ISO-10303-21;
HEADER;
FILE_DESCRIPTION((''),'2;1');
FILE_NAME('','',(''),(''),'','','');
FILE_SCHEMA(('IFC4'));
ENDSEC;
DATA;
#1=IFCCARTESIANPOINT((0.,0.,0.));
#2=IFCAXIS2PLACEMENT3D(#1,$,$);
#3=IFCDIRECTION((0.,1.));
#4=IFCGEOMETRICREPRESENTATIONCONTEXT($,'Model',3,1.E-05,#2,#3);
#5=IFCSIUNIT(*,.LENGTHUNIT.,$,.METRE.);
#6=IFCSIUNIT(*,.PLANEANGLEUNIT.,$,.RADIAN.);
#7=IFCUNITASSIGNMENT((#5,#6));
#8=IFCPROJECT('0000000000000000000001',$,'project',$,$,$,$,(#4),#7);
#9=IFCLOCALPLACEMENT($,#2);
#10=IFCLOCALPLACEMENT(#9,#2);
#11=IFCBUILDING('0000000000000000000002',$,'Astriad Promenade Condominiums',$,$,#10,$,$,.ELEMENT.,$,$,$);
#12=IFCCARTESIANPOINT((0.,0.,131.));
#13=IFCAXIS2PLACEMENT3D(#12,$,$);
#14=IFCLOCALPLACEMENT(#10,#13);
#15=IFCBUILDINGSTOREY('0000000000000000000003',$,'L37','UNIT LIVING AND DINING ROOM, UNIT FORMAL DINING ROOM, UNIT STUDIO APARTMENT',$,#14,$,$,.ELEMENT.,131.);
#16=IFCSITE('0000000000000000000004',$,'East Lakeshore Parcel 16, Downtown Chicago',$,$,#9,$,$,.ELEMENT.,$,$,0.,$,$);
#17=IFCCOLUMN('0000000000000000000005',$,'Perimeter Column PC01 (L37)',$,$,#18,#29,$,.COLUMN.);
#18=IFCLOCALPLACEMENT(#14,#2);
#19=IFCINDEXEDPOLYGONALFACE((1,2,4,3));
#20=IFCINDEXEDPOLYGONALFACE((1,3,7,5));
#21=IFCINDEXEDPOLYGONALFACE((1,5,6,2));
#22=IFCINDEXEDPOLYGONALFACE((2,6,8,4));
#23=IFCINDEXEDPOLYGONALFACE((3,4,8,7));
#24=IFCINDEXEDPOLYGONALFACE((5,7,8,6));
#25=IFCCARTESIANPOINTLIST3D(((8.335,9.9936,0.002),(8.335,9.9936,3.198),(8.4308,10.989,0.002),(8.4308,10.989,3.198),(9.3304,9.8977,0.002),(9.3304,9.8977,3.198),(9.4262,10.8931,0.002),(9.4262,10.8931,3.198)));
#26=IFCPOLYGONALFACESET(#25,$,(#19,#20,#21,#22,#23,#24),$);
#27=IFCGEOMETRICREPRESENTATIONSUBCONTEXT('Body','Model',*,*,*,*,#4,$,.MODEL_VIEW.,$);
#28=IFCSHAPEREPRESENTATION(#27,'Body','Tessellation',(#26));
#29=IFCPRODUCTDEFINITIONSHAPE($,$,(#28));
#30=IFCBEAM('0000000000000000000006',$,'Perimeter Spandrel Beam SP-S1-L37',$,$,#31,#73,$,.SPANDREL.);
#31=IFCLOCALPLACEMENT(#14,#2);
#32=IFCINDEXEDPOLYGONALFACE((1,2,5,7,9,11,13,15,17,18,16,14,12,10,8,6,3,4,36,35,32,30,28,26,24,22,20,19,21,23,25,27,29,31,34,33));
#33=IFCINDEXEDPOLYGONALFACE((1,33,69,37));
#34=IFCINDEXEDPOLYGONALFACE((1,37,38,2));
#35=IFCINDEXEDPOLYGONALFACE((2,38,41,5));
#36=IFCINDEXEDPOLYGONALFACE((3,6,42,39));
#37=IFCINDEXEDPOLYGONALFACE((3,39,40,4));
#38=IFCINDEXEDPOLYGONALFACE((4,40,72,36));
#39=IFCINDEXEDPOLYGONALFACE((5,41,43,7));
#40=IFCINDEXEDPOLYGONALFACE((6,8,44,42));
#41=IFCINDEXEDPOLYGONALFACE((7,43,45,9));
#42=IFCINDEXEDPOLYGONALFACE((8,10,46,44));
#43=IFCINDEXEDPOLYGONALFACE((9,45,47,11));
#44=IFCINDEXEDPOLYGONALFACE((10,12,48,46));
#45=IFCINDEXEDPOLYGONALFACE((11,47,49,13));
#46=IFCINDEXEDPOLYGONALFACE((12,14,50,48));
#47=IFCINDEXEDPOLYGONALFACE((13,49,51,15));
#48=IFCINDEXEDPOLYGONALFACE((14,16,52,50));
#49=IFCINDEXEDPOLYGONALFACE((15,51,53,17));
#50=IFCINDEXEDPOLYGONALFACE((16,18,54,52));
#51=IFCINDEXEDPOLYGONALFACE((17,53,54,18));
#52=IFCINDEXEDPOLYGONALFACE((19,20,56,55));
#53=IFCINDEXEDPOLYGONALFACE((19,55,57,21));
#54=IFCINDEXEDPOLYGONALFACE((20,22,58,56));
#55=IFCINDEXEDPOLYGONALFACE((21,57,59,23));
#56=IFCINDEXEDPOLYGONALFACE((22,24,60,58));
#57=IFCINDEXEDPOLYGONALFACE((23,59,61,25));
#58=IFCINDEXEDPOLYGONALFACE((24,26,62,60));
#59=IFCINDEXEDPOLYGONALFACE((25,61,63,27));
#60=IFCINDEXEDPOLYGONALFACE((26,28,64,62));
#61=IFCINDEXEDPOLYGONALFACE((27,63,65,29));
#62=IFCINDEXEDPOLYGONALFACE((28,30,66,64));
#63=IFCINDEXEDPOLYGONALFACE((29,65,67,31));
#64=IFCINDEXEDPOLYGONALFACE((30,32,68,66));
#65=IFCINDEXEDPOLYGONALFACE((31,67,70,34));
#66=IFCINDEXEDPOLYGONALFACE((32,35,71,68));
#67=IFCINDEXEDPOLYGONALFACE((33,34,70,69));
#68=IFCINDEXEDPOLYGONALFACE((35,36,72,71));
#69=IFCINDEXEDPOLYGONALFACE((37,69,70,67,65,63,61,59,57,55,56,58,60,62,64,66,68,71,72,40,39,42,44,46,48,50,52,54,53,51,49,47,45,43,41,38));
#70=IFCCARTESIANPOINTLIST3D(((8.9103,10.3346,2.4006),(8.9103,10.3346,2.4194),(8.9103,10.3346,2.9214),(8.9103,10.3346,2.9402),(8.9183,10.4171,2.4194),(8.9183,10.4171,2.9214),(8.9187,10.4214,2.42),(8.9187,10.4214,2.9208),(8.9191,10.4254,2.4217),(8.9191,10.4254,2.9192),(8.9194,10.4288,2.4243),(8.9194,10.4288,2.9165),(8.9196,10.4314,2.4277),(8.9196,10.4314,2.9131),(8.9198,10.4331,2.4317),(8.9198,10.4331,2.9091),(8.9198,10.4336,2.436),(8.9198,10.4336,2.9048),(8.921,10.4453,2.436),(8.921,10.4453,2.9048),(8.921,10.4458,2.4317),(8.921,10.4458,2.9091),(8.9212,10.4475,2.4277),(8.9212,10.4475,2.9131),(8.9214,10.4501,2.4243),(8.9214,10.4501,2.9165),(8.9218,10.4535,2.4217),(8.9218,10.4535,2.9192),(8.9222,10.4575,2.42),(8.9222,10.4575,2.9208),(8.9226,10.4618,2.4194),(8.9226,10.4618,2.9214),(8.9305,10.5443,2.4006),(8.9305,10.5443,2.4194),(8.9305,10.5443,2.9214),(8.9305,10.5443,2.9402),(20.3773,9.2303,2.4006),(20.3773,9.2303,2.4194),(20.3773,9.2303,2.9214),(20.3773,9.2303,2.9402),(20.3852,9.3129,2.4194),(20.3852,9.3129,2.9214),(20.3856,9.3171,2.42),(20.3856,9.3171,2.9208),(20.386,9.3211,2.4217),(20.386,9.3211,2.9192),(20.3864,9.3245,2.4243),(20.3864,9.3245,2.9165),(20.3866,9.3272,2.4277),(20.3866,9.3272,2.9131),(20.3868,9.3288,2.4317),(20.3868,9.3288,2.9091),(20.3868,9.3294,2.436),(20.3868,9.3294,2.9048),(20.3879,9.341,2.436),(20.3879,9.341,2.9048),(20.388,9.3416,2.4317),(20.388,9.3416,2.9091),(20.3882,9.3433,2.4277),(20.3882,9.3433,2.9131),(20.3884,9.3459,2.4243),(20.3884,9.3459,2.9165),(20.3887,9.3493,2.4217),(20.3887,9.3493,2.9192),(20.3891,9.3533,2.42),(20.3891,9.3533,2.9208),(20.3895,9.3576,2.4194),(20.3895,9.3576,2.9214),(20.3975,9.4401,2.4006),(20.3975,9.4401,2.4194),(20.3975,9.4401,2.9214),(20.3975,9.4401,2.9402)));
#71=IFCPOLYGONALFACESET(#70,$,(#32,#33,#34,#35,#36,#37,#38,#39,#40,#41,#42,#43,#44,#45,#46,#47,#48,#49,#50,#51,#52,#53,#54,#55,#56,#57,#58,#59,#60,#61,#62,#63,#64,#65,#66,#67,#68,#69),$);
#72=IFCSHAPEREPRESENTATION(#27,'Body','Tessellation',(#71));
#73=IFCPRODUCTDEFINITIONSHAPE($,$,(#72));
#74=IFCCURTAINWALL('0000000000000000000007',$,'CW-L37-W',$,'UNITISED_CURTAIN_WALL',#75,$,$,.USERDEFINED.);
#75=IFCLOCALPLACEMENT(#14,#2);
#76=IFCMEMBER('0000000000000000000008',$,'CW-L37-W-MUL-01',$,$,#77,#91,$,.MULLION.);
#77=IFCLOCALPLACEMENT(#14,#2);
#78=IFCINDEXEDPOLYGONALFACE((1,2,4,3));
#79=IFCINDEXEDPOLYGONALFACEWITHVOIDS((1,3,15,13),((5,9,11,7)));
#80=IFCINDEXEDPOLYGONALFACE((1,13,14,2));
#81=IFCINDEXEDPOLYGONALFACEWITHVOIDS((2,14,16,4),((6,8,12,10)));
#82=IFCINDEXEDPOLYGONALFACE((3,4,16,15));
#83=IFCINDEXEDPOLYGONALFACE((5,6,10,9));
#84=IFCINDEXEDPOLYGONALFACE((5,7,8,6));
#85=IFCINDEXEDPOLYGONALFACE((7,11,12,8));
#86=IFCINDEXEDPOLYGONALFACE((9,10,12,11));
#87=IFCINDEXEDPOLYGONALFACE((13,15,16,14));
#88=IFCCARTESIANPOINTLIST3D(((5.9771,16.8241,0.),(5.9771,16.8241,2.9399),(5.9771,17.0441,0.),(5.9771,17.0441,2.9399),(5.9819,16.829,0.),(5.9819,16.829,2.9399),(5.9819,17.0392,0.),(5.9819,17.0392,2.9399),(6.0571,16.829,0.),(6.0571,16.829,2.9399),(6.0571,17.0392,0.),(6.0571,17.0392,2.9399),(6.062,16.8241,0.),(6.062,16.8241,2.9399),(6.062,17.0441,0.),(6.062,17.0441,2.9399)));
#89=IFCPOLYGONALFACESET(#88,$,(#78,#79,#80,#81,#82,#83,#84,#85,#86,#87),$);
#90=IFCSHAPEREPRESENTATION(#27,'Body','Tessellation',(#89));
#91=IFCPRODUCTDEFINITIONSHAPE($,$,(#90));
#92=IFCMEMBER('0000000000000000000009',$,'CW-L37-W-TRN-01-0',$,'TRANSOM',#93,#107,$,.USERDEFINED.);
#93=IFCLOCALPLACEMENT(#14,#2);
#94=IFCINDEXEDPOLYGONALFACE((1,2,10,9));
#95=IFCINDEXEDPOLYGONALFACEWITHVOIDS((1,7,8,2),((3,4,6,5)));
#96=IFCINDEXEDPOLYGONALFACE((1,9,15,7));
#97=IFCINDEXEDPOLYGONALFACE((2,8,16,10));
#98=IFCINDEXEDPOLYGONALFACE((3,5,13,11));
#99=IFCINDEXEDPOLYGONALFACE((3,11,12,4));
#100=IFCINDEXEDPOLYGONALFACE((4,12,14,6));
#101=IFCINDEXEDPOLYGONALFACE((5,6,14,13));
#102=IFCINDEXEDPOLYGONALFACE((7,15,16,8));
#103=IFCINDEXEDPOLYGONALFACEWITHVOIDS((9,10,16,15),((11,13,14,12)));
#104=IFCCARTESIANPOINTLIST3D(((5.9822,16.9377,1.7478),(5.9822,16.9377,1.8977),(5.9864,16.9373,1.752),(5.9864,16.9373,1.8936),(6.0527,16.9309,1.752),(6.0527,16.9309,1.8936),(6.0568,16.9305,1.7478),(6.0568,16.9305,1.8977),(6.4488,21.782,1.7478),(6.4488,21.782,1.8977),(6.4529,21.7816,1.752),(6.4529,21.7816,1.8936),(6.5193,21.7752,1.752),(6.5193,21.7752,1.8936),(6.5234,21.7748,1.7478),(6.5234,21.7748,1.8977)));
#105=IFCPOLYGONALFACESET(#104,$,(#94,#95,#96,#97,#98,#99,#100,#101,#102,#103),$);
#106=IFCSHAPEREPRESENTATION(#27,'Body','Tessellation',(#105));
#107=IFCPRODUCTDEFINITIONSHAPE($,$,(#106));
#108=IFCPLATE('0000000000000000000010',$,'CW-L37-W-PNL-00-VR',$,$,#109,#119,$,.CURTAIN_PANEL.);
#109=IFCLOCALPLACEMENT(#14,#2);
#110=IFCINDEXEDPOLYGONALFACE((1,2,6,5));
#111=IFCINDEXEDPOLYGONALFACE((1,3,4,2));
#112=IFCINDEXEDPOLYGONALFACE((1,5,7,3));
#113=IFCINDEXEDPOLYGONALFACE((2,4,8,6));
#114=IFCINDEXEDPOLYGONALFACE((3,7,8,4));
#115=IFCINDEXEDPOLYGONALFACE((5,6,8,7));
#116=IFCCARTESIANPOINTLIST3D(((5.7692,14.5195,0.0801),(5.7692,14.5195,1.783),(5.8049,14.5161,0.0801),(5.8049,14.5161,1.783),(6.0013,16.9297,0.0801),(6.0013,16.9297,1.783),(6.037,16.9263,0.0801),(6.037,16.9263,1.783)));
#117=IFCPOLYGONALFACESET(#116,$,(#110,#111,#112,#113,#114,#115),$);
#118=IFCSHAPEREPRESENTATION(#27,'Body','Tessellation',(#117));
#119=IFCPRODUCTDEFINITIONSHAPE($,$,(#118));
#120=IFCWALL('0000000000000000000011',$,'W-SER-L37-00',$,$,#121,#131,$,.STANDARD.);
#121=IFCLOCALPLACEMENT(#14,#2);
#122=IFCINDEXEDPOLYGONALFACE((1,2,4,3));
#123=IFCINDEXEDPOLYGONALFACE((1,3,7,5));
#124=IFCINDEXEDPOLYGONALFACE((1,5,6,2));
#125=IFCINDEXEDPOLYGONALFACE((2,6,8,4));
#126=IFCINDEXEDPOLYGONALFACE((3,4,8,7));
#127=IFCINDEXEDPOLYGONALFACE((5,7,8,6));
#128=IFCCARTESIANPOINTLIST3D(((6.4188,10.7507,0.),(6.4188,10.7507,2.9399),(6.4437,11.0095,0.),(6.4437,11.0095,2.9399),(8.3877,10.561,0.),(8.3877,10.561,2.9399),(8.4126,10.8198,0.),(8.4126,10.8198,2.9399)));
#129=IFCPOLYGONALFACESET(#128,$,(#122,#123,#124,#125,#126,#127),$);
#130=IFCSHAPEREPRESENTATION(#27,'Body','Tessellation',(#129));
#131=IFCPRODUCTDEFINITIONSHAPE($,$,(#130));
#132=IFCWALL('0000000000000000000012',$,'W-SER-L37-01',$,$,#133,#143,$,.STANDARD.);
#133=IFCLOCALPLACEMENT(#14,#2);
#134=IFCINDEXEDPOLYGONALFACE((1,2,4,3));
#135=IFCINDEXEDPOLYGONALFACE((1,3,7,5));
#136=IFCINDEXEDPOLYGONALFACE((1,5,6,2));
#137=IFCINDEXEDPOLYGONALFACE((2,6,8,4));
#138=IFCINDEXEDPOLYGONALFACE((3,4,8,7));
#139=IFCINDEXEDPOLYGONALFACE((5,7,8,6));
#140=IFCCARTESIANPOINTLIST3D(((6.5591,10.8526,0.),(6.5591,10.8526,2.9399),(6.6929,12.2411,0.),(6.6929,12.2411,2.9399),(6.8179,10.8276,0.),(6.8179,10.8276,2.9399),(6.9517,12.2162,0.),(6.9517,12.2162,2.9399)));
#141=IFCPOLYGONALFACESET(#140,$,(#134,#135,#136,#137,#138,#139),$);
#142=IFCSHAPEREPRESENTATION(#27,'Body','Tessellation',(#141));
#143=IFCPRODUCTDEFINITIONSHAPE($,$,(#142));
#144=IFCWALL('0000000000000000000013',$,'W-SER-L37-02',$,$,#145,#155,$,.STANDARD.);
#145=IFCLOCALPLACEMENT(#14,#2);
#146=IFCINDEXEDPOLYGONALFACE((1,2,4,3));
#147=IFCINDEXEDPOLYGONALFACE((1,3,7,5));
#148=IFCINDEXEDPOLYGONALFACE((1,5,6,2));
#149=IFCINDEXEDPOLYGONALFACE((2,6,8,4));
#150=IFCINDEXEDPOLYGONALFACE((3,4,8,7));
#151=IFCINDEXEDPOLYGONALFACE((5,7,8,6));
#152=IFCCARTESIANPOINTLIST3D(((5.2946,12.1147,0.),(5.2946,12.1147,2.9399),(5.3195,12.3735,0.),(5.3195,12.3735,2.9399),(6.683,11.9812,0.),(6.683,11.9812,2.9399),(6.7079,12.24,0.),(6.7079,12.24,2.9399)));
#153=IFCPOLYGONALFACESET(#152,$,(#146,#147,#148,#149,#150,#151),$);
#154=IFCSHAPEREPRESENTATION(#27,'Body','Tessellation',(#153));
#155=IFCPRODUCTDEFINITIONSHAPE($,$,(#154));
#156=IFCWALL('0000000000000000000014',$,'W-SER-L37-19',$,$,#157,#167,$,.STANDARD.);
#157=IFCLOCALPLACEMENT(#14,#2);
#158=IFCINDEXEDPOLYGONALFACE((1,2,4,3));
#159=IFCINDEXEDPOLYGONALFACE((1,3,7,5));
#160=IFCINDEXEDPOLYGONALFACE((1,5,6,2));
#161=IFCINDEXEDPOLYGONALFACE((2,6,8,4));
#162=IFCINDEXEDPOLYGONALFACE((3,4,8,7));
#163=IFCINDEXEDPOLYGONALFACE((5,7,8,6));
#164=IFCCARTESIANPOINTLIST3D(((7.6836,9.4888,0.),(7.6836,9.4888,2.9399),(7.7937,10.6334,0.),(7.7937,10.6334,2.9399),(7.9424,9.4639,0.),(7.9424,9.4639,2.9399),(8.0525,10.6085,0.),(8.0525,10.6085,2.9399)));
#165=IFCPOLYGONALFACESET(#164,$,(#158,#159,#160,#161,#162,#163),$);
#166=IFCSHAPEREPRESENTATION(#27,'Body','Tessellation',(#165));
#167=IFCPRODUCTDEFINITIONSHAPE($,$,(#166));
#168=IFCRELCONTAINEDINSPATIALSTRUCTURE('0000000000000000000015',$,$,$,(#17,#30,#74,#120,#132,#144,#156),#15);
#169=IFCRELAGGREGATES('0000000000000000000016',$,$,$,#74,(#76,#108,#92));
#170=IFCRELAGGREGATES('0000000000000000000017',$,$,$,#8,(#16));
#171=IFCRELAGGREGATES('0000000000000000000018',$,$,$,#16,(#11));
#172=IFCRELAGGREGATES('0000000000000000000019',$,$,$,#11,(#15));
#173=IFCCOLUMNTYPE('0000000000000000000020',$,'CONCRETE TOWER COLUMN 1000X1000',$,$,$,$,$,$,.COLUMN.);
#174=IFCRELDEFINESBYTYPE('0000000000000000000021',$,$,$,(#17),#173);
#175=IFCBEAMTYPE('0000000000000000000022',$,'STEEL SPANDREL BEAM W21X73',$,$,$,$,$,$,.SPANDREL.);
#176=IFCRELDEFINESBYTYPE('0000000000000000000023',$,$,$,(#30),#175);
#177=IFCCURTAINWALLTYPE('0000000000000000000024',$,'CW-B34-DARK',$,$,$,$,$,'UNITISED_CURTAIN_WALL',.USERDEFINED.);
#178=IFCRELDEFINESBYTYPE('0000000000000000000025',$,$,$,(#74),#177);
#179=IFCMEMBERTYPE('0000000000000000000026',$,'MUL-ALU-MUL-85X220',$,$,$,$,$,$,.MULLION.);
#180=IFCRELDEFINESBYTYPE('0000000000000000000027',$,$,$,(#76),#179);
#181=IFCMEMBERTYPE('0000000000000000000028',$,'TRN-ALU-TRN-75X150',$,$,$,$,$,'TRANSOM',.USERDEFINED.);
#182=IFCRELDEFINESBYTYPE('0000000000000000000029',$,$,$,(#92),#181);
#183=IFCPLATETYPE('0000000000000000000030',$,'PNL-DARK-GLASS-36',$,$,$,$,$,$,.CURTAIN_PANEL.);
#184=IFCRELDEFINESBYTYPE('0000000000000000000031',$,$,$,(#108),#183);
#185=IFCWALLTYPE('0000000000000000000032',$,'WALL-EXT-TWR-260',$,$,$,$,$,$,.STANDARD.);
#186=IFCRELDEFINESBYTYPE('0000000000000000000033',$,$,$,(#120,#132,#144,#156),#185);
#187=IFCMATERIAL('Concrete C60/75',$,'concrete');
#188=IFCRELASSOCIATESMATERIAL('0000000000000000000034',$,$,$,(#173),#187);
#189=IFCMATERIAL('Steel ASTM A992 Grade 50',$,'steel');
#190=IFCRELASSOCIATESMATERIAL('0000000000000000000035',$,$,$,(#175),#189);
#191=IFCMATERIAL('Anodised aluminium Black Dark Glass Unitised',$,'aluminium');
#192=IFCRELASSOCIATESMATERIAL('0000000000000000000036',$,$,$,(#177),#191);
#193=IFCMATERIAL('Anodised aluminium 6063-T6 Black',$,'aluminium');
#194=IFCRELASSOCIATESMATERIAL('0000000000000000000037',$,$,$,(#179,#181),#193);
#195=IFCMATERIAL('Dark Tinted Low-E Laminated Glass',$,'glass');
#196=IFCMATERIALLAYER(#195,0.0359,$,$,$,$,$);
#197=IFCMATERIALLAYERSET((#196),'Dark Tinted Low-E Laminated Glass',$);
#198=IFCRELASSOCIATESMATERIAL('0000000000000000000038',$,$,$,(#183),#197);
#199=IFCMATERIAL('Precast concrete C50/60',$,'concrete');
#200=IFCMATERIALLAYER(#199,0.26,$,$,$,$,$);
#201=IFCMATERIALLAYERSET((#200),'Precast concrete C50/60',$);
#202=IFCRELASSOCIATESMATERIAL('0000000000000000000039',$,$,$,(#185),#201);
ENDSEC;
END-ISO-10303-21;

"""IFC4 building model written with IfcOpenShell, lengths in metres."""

from ifc_helpers import new_model, si_unit, direction, frame, frame_2d, origin, origin_2d, place, context, subcontext, project, spatial, rectangle, hollow_rectangle, i_section, extrude, source, transform, mapped, material, layer, layer_set, material_profile, profile_set, type_object, type_shapes, element, aggregate, save


model = new_model("IFC4")

# Units and contexts
model_context = context("Model", 3, precision=1e-05, world=origin(), true_north=direction((0.0, 1.0)))
body_context = subcontext(model_context, "Body", "Model", "MODEL_VIEW")
ifc_project = project(units=[si_unit("LENGTHUNIT", "METRE"), si_unit("PLANEANGLEUNIT", "RADIAN")], contexts=[model_context])

# Site, building, storey
site_placement = place(None, origin())
site = spatial("IfcSite", under=ifc_project, at=site_placement, Name="East Lakeshore Parcel 16, Downtown Chicago", CompositionType="ELEMENT", RefElevation=0.0)
building_placement = place(site_placement, origin())
building = spatial("IfcBuilding", under=site, at=building_placement, Name="Astriad Promenade Condominiums", CompositionType="ELEMENT")
storey_placement = place(building_placement, frame((0.0, 0.0, 131.0)))
storey = spatial("IfcBuildingStorey", under=building, at=storey_placement, Name="L37", Description="UNIT LIVING AND DINING ROOM, UNIT FORMAL DINING ROOM, UNIT STUDIO APARTMENT", CompositionType="ELEMENT", Elevation=131.0)

# Column
ifc_material_1 = material(Name="Concrete C60/75", Category="concrete")
ifc_material_profile_1 = material_profile(ifc_material_1, rectangle(XDim=1.0, YDim=1.0, at=origin_2d()), Name="RC-COL-1000X1000")
ifc_profile_set_1 = profile_set([ifc_material_profile_1], Name="Concrete C60/75")
column_type = type_object("IfcColumnType", Name="CONCRETE TOWER COLUMN 1000X1000", PredefinedType="COLUMN", material=ifc_profile_set_1)
shared_shape_1 = source(origin(), body_context, "Body", "SweptSolid", [
    extrude(rectangle(XDim=1.0, YDim=1.0, at=origin_2d()), origin(), (0.0, 0.0, 1.0), 3.196),
])
type_shapes(column_type, [shared_shape_1])
column_placement = place(storey_placement, frame((8.8806, 10.4434, 0.002), z_axis=(0.0, 0.0, 1.0), x_axis=(0.995396, -0.095846, 0.0)))
element("IfcColumn", 1, at=column_placement, inside=storey, type_object=column_type, Name="Perimeter Column PC01 (L37)", PredefinedType="COLUMN", context=body_context, shape_type="MappedRepresentation", body=[
    mapped(shared_shape_1, transform((0.0, 0.0, 0.0), scale=1.0)),
])

# Beam
ifc_material_2 = material(Name="Steel ASTM A992 Grade 50", Category="steel")
ifc_material_profile_2 = material_profile(ifc_material_2, i_section(OverallWidth=0.2107, OverallDepth=0.5396, WebThickness=0.0117, FlangeThickness=0.0188, FilletRadius=0.0166, at=origin_2d()), Name="W21X73")
ifc_profile_set_2 = profile_set([ifc_material_profile_2], Name="Steel ASTM A992 Grade 50")
beam_type = type_object("IfcBeamType", Name="STEEL SPANDREL BEAM W21X73", PredefinedType="SPANDREL", material=ifc_profile_set_2)
shared_shape_2 = source(origin(), body_context, "Body", "SweptSolid", [
    extrude(i_section(OverallWidth=0.2107, OverallDepth=0.5396, WebThickness=0.0117, FlangeThickness=0.0188, FilletRadius=0.0166, at=origin_2d()), origin(), (0.0, 0.0, 1.0), 11.52),
])
type_shapes(beam_type, [shared_shape_2])
beam_placement = place(storey_placement, frame((8.9204, 10.4395, 2.6704), z_axis=(0.995395, -0.095854, 0.0), x_axis=(0.095854, 0.995395, 0.0)))
element("IfcBeam", 2, at=beam_placement, inside=storey, type_object=beam_type, Name="Perimeter Spandrel Beam SP-S1-L37", PredefinedType="SPANDREL", context=body_context, shape_type="MappedRepresentation", body=[
    mapped(shared_shape_2, transform((0.0, 0.0, 0.0), scale=1.0)),
])

# Curtain wall, members, plate
ifc_material_3 = material(Name="Anodised aluminium Black Dark Glass Unitised", Category="aluminium")
curtain_wall_type = type_object("IfcCurtainWallType", Name="CW-B34-DARK", ElementType="UNITISED_CURTAIN_WALL", PredefinedType="USERDEFINED", material=ifc_material_3)
curtain_wall_placement = place(storey_placement, origin())
curtain_wall = element("IfcCurtainWall", 3, at=curtain_wall_placement, inside=storey, type_object=curtain_wall_type, Name="CW-L37-W", ObjectType="UNITISED_CURTAIN_WALL", PredefinedType="USERDEFINED")
ifc_material_4 = material(Name="Anodised aluminium 6063-T6 Black", Category="aluminium")
ifc_material_profile_3 = material_profile(ifc_material_4, hollow_rectangle(XDim=0.085, YDim=0.22, WallThickness=0.0049, at=origin_2d()), Name="ALU-MUL-85X220")
ifc_profile_set_3 = profile_set([ifc_material_profile_3], Name="Anodised aluminium 6063-T6 Black")
member_type_1 = type_object("IfcMemberType", Name="MUL-ALU-MUL-85X220", PredefinedType="MULLION", material=ifc_profile_set_3)
shared_shape_3 = source(origin(), body_context, "Body", "SweptSolid", [
    extrude(hollow_rectangle(XDim=0.085, YDim=0.22, WallThickness=0.0049, at=origin_2d()), origin(), (0.0, 0.0, 1.0), 2.9399),
])
type_shapes(member_type_1, [shared_shape_3])
member_1_placement = place(storey_placement, frame((6.0195, 16.9341, 0.0), z_axis=(0.0, 0.0, 1.0), x_axis=(1.0, 0.0, 0.0)))
member_1 = element("IfcMember", 4, at=member_1_placement, type_object=member_type_1, Name="CW-L37-W-MUL-01", PredefinedType="MULLION", context=body_context, shape_type="MappedRepresentation", body=[
    mapped(shared_shape_3, transform((0.0, 0.0, 0.0), scale=1.0)),
])
ifc_material_profile_4 = material_profile(ifc_material_4, hollow_rectangle(XDim=0.075, YDim=0.1499, WallThickness=0.0042, at=origin_2d()), Name="ALU-TRN-75X150")
ifc_profile_set_4 = profile_set([ifc_material_profile_4], Name="Anodised aluminium 6063-T6 Black")
member_type_2 = type_object("IfcMemberType", Name="TRN-ALU-TRN-75X150", ElementType="TRANSOM", PredefinedType="USERDEFINED", material=ifc_profile_set_4)
shared_shape_4 = source(origin(), body_context, "Body", "SweptSolid", [
    extrude(hollow_rectangle(XDim=0.075, YDim=0.1499, WallThickness=0.0042, at=origin_2d()), origin(), (0.0, 0.0, 1.0), 4.8667),
])
type_shapes(member_type_2, [shared_shape_4])
member_2_placement = place(storey_placement, frame((6.0195, 16.9341, 1.8228), z_axis=(0.095867, 0.995394, 0.0), x_axis=(-0.995394, 0.095867, 0.0)))
member_2 = element("IfcMember", 5, at=member_2_placement, type_object=member_type_2, Name="CW-L37-W-TRN-01-0", ObjectType="TRANSOM", PredefinedType="USERDEFINED", context=body_context, shape_type="MappedRepresentation", body=[
    mapped(shared_shape_4, transform((0.0, 0.0, 0.0), scale=1.0)),
])
ifc_material_5 = material(Name="Dark Tinted Low-E Laminated Glass", Category="glass")
ifc_layer_1 = layer(ifc_material_5, 0.0359)
ifc_layer_set_1 = layer_set([ifc_layer_1], Name="Dark Tinted Low-E Laminated Glass")
plate_type = type_object("IfcPlateType", Name="PNL-DARK-GLASS-36", PredefinedType="CURTAIN_PANEL", material=ifc_layer_set_1)
shared_shape_5 = source(origin(), body_context, "Body", "SweptSolid", [
    extrude(rectangle(XDim=2.4214, YDim=0.0359, at=origin_2d()), origin(), (0.0, 0.0, 1.0), 1.7029),
])
type_shapes(plate_type, [shared_shape_5])
plate_placement = place(storey_placement, frame((5.9031, 15.7229, 0.0801), z_axis=(0.0, 0.0, 1.0), x_axis=(0.095846, 0.995396, 0.0)))
plate = element("IfcPlate", 6, at=plate_placement, type_object=plate_type, Name="CW-L37-W-PNL-00-VR", PredefinedType="CURTAIN_PANEL", context=body_context, shape_type="MappedRepresentation", body=[
    mapped(shared_shape_5, transform((0.0, 0.0, 0.0), scale=1.0)),
])
aggregate(curtain_wall, [member_1, plate, member_2])

# Walls
ifc_material_6 = material(Name="Precast concrete C50/60", Category="concrete")
ifc_layer_2 = layer(ifc_material_6, 0.26)
ifc_layer_set_2 = layer_set([ifc_layer_2], Name="Precast concrete C50/60")
wall_type_1 = type_object("IfcWallType", Name="WALL-EXT-TWR-260", PredefinedType="STANDARD", material=ifc_layer_set_2)
wall_1_placement = place(storey_placement, frame((8.4001, 10.6904, 0.0), z_axis=(0.0, 0.0, 1.0), x_axis=(-0.995391, 0.095898, 0.0)))
element("IfcWall", 7, at=wall_1_placement, inside=storey, type_object=wall_type_1, Name="W-SER-L37-00", PredefinedType="STANDARD", context=body_context, shape_type="SweptSolid", body=[
    extrude(rectangle(XDim=1.978, YDim=0.26, at=frame_2d((0.989, 0.0))), origin(), (0.0, 0.0, 1.0), 2.9399),
])
wall_2_placement = place(storey_placement, frame((6.6885, 10.8401, 0.0), z_axis=(0.0, 0.0, 1.0), x_axis=(0.095899, 0.995391, 0.0)))
element("IfcWall", 8, at=wall_2_placement, inside=storey, type_object=wall_type_1, Name="W-SER-L37-01", PredefinedType="STANDARD", context=body_context, shape_type="SweptSolid", body=[
    extrude(rectangle(XDim=1.395, YDim=0.26, at=frame_2d((0.6975, 0.0))), origin(), (0.0, 0.0, 1.0), 2.9399),
])
wall_3_placement = place(storey_placement, frame((6.6953, 12.1106, 0.0), z_axis=(0.0, 0.0, 1.0), x_axis=(-0.995406, 0.095742, 0.0)))
element("IfcWall", 9, at=wall_3_placement, inside=storey, type_object=wall_type_1, Name="W-SER-L37-02", PredefinedType="STANDARD", context=body_context, shape_type="SweptSolid", body=[
    extrude(rectangle(XDim=1.3948, YDim=0.26, at=frame_2d((0.6973, 0.0))), origin(), (0.0, 0.0, 1.0), 2.9399),
])
wall_4_placement = place(storey_placement, frame((7.813, 9.4763, 0.0), z_axis=(0.0, 0.0, 1.0), x_axis=(0.095761, 0.995404, 0.0)))
element("IfcWall", 10, at=wall_4_placement, inside=storey, type_object=wall_type_1, Name="W-SER-L37-19", PredefinedType="STANDARD", context=body_context, shape_type="SweptSolid", body=[
    extrude(rectangle(XDim=1.1499, YDim=0.26, at=frame_2d((0.575, 0.0))), origin(), (0.0, 0.0, 1.0), 2.9399),
])

save(model, "model.ifc")
